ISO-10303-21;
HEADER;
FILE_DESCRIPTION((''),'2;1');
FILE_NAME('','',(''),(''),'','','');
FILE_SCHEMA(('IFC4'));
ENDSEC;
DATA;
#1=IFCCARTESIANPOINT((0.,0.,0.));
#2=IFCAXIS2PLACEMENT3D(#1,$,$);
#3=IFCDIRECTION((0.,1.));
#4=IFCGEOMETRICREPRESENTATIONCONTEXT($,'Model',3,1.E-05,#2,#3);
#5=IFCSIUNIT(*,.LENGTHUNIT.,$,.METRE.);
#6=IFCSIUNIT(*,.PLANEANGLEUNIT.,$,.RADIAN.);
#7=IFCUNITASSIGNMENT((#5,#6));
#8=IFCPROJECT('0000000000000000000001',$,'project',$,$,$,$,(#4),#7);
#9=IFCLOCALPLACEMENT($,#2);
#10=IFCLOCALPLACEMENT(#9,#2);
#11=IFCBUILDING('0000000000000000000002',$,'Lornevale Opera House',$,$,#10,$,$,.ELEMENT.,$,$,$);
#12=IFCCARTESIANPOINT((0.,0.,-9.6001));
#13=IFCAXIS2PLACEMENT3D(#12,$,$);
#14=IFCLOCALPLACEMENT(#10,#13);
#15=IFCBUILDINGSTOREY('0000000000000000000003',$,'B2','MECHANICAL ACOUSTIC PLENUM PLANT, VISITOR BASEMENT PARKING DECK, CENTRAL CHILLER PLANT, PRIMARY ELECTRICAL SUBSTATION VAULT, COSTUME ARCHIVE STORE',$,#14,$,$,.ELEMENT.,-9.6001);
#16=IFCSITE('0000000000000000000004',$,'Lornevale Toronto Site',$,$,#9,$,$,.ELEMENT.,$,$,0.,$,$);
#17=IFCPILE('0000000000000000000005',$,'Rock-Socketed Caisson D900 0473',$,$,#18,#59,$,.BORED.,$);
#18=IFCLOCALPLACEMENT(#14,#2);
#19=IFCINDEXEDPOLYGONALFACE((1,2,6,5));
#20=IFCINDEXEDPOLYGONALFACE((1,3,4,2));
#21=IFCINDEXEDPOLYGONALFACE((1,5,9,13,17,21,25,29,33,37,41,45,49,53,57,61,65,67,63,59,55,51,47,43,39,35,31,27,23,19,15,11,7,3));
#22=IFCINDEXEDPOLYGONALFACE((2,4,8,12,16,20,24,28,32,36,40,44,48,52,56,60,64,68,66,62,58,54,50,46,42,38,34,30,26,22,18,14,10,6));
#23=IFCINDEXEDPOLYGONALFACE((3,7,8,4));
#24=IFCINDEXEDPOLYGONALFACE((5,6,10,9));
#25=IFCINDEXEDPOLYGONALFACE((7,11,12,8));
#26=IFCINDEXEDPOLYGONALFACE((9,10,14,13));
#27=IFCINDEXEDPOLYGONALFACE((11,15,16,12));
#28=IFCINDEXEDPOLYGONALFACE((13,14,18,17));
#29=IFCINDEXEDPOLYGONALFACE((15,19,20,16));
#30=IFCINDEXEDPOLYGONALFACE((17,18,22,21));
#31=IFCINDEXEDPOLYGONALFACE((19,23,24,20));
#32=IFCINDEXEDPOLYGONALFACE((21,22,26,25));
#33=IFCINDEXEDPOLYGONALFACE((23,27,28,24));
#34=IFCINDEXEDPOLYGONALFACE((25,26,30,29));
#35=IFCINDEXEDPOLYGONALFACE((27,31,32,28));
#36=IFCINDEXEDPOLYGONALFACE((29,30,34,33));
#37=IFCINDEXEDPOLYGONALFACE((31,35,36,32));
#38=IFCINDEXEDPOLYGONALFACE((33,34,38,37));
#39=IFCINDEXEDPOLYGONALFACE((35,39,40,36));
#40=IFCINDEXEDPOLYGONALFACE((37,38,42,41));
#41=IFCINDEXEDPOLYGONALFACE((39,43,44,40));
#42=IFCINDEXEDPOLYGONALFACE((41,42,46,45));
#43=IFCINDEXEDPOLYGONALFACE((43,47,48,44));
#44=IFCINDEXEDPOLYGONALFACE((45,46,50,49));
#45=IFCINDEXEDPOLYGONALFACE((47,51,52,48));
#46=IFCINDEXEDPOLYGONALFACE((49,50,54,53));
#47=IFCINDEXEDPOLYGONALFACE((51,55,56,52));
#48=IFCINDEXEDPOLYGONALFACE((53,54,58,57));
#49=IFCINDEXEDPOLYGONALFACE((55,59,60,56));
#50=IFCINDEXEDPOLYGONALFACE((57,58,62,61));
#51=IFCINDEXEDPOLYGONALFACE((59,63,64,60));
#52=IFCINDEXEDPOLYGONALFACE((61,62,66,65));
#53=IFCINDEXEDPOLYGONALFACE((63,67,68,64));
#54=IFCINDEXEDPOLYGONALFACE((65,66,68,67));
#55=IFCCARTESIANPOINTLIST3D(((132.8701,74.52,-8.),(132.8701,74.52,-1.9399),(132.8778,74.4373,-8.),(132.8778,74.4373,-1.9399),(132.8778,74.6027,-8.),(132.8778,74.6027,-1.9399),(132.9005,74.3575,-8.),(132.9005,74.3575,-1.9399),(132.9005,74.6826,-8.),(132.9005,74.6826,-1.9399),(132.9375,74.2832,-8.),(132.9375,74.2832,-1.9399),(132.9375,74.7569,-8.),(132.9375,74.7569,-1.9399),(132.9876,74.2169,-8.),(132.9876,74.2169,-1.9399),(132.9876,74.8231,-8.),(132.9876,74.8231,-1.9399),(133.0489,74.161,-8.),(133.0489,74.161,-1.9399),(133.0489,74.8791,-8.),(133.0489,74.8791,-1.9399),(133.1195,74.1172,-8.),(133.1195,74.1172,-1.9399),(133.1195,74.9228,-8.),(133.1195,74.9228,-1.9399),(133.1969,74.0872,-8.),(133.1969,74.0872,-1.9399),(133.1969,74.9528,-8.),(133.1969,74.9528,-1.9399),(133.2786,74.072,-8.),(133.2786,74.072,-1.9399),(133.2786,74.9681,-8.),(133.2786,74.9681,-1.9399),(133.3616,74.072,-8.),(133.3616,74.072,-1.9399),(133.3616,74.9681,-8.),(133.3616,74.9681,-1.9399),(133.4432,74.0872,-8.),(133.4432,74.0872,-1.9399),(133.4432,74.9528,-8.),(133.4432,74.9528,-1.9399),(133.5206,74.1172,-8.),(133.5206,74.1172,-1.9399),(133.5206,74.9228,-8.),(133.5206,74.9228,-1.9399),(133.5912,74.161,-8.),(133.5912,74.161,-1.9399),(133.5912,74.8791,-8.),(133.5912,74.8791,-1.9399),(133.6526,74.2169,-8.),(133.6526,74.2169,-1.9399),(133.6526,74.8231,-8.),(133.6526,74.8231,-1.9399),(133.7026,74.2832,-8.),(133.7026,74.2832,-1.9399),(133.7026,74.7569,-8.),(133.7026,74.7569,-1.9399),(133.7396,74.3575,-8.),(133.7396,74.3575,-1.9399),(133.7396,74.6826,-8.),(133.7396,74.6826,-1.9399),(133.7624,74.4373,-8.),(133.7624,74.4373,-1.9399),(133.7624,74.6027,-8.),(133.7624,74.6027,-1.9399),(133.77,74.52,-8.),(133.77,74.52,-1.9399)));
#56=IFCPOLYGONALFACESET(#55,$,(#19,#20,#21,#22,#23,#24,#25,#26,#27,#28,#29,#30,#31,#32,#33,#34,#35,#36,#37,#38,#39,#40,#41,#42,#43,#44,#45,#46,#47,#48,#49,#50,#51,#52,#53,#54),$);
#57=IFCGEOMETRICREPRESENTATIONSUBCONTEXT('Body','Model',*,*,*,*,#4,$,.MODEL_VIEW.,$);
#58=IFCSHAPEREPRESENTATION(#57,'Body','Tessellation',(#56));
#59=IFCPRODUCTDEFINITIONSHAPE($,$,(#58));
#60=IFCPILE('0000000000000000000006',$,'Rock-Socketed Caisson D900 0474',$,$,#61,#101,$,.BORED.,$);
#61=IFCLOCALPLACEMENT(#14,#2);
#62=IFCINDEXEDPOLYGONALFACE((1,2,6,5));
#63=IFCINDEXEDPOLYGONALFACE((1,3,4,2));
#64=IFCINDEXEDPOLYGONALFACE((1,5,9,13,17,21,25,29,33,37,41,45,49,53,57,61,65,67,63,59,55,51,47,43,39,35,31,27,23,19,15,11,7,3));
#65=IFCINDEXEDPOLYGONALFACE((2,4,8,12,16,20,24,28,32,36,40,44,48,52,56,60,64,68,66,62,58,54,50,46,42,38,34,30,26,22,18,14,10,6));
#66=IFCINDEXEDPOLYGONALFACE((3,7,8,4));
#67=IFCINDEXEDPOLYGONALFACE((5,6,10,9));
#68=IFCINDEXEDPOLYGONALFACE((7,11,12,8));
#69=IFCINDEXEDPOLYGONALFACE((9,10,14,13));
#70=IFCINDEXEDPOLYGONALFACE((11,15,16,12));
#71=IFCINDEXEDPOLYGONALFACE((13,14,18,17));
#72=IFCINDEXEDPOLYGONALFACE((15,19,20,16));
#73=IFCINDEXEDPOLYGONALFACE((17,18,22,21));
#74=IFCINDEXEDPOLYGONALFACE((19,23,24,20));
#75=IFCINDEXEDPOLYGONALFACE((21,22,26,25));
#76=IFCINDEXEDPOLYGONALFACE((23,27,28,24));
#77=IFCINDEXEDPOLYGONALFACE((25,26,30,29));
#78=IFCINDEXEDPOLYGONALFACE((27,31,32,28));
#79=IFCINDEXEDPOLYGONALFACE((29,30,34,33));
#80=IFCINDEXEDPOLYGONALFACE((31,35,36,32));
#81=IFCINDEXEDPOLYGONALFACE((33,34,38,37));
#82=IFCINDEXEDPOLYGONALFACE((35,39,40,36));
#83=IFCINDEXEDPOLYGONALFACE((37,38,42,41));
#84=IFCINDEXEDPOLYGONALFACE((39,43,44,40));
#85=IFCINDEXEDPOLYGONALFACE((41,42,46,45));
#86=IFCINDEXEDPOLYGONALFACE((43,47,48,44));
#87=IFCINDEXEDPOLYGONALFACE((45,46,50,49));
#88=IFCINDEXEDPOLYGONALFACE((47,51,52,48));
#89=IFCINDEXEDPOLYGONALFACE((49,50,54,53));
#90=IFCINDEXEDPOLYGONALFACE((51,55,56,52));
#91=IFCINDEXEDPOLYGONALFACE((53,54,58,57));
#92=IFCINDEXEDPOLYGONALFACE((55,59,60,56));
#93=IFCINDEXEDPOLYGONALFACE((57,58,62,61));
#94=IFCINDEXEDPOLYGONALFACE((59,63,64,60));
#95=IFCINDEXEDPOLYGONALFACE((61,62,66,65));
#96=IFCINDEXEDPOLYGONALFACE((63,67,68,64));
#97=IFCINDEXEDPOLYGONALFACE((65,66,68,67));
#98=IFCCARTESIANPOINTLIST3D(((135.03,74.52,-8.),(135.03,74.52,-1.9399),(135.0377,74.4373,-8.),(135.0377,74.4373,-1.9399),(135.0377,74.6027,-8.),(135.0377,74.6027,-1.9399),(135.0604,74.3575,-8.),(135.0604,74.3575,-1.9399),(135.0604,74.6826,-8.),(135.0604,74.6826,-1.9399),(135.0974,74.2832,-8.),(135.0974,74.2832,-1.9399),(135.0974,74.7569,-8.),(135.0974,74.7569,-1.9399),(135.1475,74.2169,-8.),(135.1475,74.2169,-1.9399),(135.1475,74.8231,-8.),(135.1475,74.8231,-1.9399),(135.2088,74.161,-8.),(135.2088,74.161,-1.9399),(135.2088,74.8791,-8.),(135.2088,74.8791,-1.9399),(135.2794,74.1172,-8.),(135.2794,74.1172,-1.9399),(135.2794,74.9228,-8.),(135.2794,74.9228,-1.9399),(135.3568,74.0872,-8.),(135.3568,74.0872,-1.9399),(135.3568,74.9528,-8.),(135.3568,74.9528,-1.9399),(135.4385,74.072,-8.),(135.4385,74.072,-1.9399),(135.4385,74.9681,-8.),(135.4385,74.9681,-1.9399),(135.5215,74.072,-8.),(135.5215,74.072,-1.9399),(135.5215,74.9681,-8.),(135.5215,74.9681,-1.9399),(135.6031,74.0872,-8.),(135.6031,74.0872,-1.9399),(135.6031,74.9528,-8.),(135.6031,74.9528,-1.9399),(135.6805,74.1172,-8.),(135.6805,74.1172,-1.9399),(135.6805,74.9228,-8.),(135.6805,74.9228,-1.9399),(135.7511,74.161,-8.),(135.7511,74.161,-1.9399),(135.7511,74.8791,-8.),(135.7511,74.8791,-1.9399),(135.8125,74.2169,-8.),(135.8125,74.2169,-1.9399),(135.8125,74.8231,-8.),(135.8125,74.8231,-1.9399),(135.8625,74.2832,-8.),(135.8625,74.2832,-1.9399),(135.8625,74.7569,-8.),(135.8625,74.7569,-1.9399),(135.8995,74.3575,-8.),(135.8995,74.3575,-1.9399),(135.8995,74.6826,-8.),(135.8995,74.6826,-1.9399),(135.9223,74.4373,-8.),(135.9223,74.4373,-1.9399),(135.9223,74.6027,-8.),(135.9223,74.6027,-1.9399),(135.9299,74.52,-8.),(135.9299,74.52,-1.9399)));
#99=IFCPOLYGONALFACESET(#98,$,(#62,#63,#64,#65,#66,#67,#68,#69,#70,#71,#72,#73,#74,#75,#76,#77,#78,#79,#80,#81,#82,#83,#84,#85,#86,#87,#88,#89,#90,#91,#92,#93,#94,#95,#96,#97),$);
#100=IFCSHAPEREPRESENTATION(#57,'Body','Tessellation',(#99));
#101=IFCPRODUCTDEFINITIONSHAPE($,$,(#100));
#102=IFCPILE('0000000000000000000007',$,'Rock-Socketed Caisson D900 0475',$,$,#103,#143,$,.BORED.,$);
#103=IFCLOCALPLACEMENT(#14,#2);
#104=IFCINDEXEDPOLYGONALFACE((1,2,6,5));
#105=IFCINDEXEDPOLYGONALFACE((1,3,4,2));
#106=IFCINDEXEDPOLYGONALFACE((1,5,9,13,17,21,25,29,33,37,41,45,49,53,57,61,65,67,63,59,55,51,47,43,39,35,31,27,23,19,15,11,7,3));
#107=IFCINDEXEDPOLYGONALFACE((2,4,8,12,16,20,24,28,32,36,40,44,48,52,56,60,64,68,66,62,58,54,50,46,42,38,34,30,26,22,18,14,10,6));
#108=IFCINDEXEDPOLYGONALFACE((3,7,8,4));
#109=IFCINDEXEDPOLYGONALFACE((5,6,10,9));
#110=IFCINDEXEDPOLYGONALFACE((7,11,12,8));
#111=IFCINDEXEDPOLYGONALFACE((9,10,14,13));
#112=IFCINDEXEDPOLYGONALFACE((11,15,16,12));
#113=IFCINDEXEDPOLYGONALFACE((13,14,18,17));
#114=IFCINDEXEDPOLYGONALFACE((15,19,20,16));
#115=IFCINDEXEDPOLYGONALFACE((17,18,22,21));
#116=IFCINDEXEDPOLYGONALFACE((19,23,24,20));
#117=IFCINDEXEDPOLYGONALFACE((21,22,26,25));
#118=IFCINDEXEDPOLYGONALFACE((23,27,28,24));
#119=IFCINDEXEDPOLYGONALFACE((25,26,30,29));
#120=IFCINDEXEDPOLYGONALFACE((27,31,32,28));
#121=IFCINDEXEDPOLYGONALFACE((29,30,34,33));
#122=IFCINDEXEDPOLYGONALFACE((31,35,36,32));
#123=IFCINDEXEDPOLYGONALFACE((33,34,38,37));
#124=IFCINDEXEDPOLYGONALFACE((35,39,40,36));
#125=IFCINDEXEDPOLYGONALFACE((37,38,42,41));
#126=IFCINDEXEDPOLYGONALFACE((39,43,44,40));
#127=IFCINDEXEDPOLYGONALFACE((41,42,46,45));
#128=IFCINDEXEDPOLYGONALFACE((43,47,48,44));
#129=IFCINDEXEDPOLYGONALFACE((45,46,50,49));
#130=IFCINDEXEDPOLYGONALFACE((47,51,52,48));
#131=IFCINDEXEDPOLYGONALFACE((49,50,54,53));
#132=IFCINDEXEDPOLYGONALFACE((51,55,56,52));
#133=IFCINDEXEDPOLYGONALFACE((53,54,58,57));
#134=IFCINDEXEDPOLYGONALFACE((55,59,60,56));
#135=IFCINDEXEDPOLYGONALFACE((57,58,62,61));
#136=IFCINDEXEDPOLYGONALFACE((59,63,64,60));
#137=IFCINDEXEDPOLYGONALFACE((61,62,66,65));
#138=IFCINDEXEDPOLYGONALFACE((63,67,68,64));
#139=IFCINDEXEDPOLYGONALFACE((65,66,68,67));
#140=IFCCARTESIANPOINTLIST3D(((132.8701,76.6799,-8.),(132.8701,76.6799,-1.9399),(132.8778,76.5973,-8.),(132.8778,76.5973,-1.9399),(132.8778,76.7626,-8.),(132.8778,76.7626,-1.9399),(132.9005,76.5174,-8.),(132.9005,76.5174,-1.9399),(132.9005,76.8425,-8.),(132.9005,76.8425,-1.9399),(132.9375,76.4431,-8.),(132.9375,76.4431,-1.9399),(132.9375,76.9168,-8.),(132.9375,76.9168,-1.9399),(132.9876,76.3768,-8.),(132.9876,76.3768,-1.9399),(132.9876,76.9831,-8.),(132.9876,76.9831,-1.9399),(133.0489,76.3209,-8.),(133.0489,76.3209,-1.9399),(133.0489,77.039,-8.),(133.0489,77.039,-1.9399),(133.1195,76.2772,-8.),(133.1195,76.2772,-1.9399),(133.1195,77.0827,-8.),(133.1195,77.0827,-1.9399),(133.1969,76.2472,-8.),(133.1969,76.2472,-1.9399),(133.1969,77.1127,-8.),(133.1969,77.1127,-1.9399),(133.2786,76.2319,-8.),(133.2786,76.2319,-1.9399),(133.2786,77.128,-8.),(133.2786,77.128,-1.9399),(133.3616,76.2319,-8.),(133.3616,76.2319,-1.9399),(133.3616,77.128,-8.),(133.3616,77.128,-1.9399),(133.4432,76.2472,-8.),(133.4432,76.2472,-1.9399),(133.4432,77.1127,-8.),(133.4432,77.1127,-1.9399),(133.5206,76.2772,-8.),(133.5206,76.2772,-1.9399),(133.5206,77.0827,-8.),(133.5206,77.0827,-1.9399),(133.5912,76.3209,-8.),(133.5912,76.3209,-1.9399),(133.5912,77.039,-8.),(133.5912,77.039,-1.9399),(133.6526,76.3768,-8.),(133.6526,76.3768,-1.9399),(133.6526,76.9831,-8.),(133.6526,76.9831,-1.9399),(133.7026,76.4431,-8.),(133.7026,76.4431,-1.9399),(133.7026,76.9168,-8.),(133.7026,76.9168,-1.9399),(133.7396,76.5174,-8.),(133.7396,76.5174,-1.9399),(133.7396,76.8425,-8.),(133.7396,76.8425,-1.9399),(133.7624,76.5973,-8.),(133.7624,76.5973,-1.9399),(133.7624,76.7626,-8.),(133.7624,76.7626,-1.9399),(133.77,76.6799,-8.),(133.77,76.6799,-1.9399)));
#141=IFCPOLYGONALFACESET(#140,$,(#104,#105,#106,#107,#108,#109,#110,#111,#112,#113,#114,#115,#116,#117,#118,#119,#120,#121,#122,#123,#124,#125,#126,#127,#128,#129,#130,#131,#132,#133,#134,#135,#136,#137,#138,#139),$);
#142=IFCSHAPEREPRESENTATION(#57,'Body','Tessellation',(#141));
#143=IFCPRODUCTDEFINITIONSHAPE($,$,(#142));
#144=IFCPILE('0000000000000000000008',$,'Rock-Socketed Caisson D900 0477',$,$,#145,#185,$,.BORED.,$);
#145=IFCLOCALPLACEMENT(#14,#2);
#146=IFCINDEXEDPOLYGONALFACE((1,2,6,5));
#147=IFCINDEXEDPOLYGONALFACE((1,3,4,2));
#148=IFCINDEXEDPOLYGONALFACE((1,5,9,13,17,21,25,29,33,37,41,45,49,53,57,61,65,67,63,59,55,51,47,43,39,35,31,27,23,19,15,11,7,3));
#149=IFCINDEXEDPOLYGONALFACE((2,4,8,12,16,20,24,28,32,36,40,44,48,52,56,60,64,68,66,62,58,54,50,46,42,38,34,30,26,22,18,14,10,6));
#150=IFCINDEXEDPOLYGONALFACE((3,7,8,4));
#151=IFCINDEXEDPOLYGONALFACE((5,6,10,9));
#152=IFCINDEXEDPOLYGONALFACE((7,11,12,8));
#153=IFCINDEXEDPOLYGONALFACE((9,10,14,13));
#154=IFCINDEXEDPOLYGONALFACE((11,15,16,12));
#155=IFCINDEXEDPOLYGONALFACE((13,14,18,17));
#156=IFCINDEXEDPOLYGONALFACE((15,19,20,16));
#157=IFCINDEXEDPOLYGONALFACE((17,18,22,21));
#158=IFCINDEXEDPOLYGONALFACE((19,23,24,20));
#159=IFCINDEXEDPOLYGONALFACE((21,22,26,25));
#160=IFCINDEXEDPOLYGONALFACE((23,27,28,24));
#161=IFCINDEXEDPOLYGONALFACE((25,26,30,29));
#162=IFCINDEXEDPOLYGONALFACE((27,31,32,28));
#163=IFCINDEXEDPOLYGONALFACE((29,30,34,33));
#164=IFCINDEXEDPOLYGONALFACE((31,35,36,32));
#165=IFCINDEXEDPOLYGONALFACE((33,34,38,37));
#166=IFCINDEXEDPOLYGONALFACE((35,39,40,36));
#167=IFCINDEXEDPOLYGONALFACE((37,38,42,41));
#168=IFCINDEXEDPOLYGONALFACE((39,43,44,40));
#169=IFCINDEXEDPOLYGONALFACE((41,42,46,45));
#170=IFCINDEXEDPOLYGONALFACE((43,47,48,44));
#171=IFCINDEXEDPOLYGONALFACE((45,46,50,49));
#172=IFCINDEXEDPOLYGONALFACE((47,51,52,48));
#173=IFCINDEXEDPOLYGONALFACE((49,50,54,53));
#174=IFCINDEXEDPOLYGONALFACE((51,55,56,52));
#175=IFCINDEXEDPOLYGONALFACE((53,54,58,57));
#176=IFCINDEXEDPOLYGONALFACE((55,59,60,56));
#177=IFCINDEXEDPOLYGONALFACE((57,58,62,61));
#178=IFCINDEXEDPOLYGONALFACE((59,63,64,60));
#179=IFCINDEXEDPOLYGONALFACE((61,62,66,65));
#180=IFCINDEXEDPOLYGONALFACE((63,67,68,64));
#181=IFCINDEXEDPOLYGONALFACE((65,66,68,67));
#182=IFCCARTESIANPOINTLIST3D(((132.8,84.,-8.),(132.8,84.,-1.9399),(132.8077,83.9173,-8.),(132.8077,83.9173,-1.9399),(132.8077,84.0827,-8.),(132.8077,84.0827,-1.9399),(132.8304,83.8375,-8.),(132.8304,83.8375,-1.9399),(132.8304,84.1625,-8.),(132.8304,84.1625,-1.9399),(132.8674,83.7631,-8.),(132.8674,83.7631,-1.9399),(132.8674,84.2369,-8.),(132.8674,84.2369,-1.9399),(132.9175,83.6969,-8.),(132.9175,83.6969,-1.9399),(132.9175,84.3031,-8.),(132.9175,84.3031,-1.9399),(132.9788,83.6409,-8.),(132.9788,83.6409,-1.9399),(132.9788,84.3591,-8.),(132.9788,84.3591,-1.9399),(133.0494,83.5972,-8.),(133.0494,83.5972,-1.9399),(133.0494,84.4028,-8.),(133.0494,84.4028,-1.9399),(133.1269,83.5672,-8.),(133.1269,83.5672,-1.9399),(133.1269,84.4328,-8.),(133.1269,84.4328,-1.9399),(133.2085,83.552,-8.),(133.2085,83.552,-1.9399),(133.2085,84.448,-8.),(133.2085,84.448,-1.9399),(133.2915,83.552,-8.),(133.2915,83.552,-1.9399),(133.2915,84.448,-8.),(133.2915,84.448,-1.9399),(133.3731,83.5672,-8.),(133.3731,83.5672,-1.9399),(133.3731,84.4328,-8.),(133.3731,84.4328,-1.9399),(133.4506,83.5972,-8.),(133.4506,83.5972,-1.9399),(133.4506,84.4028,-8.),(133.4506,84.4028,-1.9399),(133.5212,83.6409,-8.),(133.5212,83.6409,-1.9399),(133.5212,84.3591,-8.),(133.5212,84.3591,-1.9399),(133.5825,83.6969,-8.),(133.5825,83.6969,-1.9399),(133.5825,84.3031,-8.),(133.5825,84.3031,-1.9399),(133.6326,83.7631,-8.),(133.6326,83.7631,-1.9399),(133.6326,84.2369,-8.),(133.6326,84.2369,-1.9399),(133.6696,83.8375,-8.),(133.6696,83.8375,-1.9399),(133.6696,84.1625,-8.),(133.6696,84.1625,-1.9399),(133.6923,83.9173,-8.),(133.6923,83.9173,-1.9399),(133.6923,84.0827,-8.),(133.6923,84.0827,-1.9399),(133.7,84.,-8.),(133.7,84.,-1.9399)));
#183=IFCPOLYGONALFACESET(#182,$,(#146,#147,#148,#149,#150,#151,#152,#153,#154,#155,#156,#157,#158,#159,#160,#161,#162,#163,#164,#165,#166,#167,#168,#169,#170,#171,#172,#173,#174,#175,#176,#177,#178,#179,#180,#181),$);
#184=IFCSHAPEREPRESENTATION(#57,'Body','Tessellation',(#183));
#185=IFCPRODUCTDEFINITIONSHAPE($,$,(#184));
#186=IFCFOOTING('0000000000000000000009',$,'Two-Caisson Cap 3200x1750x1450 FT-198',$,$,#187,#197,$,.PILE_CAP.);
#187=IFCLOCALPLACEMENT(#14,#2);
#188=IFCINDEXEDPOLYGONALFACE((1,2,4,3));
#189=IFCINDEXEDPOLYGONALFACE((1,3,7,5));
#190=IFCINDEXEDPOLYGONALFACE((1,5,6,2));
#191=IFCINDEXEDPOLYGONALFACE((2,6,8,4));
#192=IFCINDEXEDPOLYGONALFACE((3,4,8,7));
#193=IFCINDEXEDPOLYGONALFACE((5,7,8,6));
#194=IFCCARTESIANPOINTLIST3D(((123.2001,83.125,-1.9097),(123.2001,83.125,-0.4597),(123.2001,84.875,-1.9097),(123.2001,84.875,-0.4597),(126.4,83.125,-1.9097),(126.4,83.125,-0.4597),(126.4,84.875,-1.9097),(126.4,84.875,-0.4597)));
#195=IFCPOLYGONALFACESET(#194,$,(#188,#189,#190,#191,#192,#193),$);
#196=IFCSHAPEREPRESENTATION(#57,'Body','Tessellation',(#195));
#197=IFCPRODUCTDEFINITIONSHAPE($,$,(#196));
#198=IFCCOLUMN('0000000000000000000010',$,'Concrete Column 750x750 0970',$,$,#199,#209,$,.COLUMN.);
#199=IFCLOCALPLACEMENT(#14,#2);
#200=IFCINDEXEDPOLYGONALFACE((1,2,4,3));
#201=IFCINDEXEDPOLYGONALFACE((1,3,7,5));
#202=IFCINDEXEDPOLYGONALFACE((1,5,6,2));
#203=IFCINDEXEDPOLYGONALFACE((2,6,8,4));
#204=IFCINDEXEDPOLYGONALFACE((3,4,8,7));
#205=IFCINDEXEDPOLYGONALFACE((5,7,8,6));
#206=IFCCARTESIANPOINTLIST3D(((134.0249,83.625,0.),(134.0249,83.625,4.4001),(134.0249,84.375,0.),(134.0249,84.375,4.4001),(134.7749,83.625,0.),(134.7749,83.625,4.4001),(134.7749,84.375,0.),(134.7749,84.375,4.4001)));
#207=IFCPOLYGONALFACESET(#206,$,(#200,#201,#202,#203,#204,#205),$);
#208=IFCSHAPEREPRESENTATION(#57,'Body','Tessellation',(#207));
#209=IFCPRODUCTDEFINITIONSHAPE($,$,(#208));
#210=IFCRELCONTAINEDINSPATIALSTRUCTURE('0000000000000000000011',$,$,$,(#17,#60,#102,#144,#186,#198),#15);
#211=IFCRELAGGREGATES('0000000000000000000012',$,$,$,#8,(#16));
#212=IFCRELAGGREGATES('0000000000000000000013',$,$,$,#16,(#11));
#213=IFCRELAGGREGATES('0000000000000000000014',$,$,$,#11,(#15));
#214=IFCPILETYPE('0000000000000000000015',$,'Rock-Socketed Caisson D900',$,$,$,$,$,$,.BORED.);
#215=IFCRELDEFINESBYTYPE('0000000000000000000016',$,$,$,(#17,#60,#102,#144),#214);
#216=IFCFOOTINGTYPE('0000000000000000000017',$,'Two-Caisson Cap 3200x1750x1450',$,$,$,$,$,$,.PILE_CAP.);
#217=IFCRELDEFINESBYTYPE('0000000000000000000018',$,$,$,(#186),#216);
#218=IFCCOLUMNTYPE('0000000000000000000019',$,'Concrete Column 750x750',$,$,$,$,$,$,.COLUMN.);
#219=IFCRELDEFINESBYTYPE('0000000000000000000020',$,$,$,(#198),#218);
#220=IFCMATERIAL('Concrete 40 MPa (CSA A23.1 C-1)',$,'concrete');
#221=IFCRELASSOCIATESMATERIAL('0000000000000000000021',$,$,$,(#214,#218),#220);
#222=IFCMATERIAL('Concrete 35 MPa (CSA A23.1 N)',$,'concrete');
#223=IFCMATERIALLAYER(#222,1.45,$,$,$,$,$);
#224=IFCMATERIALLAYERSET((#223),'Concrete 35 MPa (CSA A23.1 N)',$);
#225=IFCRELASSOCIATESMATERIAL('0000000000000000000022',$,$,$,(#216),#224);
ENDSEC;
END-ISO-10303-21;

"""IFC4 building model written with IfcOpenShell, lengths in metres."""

from ifc_helpers import new_model, si_unit, direction, frame, origin, origin_2d, place, context, subcontext, project, spatial, rectangle, circle, extrude, material, layer, layer_set, material_profile, profile_set, type_object, element, save


model = new_model("IFC4")

# Units and contexts
model_context = context("Model", 3, precision=1e-05, world=origin(), true_north=direction((0.0, 1.0)))
body_context = subcontext(model_context, "Body", "Model", "MODEL_VIEW")
ifc_project = project(units=[si_unit("LENGTHUNIT", "METRE"), si_unit("PLANEANGLEUNIT", "RADIAN")], contexts=[model_context])

# Site, building, storey
site_placement = place(None, origin())
site = spatial("IfcSite", under=ifc_project, at=site_placement, Name="Lornevale Toronto Site", CompositionType="ELEMENT", RefElevation=0.0)
building_placement = place(site_placement, origin())
building = spatial("IfcBuilding", under=site, at=building_placement, Name="Lornevale Opera House", CompositionType="ELEMENT")
storey_placement = place(building_placement, frame((0.0, 0.0, -9.6001)))
storey = spatial("IfcBuildingStorey", under=building, at=storey_placement, Name="B2", Description="MECHANICAL ACOUSTIC PLENUM PLANT, VISITOR BASEMENT PARKING DECK, CENTRAL CHILLER PLANT, PRIMARY ELECTRICAL SUBSTATION VAULT, COSTUME ARCHIVE STORE", CompositionType="ELEMENT", Elevation=-9.6001)

# Shared definitions
ifc_material_1 = material(Name="Concrete 35 MPa (CSA A23.1 N)", Category="concrete")

# Piles
ifc_material_2 = material(Name="Concrete 40 MPa (CSA A23.1 C-1)", Category="concrete")
ifc_material_profile_1 = material_profile(ifc_material_2, circle(Radius=0.45, at=origin_2d()), Name="CAIS900")
ifc_profile_set_1 = profile_set([ifc_material_profile_1], Name="Concrete 40 MPa (CSA A23.1 C-1)")
pile_type_1 = type_object("IfcPileType", Name="Rock-Socketed Caisson D900", PredefinedType="BORED", material=ifc_profile_set_1)
for number, where, z_axis, x_axis, name in (
    (1, (133.3201, 74.52, -1.9399), (0.0, 0.0, -1.0), (1.0, 0.0, 0.0), "Rock-Socketed Caisson D900 0473"),
    (2, (135.48, 74.52, -1.9399), (0.0, 0.0, -1.0), (1.0, 0.0, 0.0), "Rock-Socketed Caisson D900 0474"),
    (3, (133.3201, 76.6799, -1.9399), (0.0, 0.0, -1.0), (1.0, 0.0, 0.0), "Rock-Socketed Caisson D900 0475"),
    (4, (133.25, 84.0, -1.9399), (0.0, 0.0, -1.0), (1.0, 0.0, 0.0), "Rock-Socketed Caisson D900 0477"),
):
    element("IfcPile", number, at=place(storey_placement, frame(where, z_axis=z_axis, x_axis=x_axis)), inside=storey, type_object=pile_type_1, Name=name, PredefinedType="BORED", context=body_context, shape_type="SweptSolid", body=[
        extrude(circle(Radius=0.45, at=origin_2d()), origin(), (0.0, 0.0, 1.0), 6.0601),
    ])

# Footing
ifc_layer_1 = layer(ifc_material_1, 1.45)
ifc_layer_set_1 = layer_set([ifc_layer_1], Name="Concrete 35 MPa (CSA A23.1 N)")
footing_type_1 = type_object("IfcFootingType", Name="Two-Caisson Cap 3200x1750x1450", PredefinedType="PILE_CAP", material=ifc_layer_set_1)
footing_1_placement = place(storey_placement, frame((124.8, 84.0, -1.9097), z_axis=(0.0, 0.0, 1.0), x_axis=(1.0, 0.0, 0.0)))
element("IfcFooting", 5, at=footing_1_placement, inside=storey, type_object=footing_type_1, Name="Two-Caisson Cap 3200x1750x1450 FT-198", PredefinedType="PILE_CAP", context=body_context, shape_type="SweptSolid", body=[
    extrude(rectangle(XDim=3.2, YDim=1.75, at=origin_2d()), origin(), (0.0, 0.0, 1.0), 1.45),
])

# Column
ifc_material_profile_2 = material_profile(ifc_material_2, rectangle(XDim=0.75, YDim=0.75, at=origin_2d()), Name="RC750x750")
ifc_profile_set_2 = profile_set([ifc_material_profile_2], Name="Concrete 40 MPa (CSA A23.1 C-1)")
column_type_1 = type_object("IfcColumnType", Name="Concrete Column 750x750", PredefinedType="COLUMN", material=ifc_profile_set_2)
column_1_placement = place(storey_placement, frame((134.3999, 84.0, 0.0), z_axis=(0.0, 0.0, 1.0), x_axis=(1.0, 0.0, 0.0)))
element("IfcColumn", 6, at=column_1_placement, inside=storey, type_object=column_type_1, Name="Concrete Column 750x750 0970", PredefinedType="COLUMN", context=body_context, shape_type="SweptSolid", body=[
    extrude(rectangle(XDim=0.75, YDim=0.75, at=origin_2d()), origin(), (0.0, 0.0, 1.0), 4.4001),
])

save(model, "model.ifc")
